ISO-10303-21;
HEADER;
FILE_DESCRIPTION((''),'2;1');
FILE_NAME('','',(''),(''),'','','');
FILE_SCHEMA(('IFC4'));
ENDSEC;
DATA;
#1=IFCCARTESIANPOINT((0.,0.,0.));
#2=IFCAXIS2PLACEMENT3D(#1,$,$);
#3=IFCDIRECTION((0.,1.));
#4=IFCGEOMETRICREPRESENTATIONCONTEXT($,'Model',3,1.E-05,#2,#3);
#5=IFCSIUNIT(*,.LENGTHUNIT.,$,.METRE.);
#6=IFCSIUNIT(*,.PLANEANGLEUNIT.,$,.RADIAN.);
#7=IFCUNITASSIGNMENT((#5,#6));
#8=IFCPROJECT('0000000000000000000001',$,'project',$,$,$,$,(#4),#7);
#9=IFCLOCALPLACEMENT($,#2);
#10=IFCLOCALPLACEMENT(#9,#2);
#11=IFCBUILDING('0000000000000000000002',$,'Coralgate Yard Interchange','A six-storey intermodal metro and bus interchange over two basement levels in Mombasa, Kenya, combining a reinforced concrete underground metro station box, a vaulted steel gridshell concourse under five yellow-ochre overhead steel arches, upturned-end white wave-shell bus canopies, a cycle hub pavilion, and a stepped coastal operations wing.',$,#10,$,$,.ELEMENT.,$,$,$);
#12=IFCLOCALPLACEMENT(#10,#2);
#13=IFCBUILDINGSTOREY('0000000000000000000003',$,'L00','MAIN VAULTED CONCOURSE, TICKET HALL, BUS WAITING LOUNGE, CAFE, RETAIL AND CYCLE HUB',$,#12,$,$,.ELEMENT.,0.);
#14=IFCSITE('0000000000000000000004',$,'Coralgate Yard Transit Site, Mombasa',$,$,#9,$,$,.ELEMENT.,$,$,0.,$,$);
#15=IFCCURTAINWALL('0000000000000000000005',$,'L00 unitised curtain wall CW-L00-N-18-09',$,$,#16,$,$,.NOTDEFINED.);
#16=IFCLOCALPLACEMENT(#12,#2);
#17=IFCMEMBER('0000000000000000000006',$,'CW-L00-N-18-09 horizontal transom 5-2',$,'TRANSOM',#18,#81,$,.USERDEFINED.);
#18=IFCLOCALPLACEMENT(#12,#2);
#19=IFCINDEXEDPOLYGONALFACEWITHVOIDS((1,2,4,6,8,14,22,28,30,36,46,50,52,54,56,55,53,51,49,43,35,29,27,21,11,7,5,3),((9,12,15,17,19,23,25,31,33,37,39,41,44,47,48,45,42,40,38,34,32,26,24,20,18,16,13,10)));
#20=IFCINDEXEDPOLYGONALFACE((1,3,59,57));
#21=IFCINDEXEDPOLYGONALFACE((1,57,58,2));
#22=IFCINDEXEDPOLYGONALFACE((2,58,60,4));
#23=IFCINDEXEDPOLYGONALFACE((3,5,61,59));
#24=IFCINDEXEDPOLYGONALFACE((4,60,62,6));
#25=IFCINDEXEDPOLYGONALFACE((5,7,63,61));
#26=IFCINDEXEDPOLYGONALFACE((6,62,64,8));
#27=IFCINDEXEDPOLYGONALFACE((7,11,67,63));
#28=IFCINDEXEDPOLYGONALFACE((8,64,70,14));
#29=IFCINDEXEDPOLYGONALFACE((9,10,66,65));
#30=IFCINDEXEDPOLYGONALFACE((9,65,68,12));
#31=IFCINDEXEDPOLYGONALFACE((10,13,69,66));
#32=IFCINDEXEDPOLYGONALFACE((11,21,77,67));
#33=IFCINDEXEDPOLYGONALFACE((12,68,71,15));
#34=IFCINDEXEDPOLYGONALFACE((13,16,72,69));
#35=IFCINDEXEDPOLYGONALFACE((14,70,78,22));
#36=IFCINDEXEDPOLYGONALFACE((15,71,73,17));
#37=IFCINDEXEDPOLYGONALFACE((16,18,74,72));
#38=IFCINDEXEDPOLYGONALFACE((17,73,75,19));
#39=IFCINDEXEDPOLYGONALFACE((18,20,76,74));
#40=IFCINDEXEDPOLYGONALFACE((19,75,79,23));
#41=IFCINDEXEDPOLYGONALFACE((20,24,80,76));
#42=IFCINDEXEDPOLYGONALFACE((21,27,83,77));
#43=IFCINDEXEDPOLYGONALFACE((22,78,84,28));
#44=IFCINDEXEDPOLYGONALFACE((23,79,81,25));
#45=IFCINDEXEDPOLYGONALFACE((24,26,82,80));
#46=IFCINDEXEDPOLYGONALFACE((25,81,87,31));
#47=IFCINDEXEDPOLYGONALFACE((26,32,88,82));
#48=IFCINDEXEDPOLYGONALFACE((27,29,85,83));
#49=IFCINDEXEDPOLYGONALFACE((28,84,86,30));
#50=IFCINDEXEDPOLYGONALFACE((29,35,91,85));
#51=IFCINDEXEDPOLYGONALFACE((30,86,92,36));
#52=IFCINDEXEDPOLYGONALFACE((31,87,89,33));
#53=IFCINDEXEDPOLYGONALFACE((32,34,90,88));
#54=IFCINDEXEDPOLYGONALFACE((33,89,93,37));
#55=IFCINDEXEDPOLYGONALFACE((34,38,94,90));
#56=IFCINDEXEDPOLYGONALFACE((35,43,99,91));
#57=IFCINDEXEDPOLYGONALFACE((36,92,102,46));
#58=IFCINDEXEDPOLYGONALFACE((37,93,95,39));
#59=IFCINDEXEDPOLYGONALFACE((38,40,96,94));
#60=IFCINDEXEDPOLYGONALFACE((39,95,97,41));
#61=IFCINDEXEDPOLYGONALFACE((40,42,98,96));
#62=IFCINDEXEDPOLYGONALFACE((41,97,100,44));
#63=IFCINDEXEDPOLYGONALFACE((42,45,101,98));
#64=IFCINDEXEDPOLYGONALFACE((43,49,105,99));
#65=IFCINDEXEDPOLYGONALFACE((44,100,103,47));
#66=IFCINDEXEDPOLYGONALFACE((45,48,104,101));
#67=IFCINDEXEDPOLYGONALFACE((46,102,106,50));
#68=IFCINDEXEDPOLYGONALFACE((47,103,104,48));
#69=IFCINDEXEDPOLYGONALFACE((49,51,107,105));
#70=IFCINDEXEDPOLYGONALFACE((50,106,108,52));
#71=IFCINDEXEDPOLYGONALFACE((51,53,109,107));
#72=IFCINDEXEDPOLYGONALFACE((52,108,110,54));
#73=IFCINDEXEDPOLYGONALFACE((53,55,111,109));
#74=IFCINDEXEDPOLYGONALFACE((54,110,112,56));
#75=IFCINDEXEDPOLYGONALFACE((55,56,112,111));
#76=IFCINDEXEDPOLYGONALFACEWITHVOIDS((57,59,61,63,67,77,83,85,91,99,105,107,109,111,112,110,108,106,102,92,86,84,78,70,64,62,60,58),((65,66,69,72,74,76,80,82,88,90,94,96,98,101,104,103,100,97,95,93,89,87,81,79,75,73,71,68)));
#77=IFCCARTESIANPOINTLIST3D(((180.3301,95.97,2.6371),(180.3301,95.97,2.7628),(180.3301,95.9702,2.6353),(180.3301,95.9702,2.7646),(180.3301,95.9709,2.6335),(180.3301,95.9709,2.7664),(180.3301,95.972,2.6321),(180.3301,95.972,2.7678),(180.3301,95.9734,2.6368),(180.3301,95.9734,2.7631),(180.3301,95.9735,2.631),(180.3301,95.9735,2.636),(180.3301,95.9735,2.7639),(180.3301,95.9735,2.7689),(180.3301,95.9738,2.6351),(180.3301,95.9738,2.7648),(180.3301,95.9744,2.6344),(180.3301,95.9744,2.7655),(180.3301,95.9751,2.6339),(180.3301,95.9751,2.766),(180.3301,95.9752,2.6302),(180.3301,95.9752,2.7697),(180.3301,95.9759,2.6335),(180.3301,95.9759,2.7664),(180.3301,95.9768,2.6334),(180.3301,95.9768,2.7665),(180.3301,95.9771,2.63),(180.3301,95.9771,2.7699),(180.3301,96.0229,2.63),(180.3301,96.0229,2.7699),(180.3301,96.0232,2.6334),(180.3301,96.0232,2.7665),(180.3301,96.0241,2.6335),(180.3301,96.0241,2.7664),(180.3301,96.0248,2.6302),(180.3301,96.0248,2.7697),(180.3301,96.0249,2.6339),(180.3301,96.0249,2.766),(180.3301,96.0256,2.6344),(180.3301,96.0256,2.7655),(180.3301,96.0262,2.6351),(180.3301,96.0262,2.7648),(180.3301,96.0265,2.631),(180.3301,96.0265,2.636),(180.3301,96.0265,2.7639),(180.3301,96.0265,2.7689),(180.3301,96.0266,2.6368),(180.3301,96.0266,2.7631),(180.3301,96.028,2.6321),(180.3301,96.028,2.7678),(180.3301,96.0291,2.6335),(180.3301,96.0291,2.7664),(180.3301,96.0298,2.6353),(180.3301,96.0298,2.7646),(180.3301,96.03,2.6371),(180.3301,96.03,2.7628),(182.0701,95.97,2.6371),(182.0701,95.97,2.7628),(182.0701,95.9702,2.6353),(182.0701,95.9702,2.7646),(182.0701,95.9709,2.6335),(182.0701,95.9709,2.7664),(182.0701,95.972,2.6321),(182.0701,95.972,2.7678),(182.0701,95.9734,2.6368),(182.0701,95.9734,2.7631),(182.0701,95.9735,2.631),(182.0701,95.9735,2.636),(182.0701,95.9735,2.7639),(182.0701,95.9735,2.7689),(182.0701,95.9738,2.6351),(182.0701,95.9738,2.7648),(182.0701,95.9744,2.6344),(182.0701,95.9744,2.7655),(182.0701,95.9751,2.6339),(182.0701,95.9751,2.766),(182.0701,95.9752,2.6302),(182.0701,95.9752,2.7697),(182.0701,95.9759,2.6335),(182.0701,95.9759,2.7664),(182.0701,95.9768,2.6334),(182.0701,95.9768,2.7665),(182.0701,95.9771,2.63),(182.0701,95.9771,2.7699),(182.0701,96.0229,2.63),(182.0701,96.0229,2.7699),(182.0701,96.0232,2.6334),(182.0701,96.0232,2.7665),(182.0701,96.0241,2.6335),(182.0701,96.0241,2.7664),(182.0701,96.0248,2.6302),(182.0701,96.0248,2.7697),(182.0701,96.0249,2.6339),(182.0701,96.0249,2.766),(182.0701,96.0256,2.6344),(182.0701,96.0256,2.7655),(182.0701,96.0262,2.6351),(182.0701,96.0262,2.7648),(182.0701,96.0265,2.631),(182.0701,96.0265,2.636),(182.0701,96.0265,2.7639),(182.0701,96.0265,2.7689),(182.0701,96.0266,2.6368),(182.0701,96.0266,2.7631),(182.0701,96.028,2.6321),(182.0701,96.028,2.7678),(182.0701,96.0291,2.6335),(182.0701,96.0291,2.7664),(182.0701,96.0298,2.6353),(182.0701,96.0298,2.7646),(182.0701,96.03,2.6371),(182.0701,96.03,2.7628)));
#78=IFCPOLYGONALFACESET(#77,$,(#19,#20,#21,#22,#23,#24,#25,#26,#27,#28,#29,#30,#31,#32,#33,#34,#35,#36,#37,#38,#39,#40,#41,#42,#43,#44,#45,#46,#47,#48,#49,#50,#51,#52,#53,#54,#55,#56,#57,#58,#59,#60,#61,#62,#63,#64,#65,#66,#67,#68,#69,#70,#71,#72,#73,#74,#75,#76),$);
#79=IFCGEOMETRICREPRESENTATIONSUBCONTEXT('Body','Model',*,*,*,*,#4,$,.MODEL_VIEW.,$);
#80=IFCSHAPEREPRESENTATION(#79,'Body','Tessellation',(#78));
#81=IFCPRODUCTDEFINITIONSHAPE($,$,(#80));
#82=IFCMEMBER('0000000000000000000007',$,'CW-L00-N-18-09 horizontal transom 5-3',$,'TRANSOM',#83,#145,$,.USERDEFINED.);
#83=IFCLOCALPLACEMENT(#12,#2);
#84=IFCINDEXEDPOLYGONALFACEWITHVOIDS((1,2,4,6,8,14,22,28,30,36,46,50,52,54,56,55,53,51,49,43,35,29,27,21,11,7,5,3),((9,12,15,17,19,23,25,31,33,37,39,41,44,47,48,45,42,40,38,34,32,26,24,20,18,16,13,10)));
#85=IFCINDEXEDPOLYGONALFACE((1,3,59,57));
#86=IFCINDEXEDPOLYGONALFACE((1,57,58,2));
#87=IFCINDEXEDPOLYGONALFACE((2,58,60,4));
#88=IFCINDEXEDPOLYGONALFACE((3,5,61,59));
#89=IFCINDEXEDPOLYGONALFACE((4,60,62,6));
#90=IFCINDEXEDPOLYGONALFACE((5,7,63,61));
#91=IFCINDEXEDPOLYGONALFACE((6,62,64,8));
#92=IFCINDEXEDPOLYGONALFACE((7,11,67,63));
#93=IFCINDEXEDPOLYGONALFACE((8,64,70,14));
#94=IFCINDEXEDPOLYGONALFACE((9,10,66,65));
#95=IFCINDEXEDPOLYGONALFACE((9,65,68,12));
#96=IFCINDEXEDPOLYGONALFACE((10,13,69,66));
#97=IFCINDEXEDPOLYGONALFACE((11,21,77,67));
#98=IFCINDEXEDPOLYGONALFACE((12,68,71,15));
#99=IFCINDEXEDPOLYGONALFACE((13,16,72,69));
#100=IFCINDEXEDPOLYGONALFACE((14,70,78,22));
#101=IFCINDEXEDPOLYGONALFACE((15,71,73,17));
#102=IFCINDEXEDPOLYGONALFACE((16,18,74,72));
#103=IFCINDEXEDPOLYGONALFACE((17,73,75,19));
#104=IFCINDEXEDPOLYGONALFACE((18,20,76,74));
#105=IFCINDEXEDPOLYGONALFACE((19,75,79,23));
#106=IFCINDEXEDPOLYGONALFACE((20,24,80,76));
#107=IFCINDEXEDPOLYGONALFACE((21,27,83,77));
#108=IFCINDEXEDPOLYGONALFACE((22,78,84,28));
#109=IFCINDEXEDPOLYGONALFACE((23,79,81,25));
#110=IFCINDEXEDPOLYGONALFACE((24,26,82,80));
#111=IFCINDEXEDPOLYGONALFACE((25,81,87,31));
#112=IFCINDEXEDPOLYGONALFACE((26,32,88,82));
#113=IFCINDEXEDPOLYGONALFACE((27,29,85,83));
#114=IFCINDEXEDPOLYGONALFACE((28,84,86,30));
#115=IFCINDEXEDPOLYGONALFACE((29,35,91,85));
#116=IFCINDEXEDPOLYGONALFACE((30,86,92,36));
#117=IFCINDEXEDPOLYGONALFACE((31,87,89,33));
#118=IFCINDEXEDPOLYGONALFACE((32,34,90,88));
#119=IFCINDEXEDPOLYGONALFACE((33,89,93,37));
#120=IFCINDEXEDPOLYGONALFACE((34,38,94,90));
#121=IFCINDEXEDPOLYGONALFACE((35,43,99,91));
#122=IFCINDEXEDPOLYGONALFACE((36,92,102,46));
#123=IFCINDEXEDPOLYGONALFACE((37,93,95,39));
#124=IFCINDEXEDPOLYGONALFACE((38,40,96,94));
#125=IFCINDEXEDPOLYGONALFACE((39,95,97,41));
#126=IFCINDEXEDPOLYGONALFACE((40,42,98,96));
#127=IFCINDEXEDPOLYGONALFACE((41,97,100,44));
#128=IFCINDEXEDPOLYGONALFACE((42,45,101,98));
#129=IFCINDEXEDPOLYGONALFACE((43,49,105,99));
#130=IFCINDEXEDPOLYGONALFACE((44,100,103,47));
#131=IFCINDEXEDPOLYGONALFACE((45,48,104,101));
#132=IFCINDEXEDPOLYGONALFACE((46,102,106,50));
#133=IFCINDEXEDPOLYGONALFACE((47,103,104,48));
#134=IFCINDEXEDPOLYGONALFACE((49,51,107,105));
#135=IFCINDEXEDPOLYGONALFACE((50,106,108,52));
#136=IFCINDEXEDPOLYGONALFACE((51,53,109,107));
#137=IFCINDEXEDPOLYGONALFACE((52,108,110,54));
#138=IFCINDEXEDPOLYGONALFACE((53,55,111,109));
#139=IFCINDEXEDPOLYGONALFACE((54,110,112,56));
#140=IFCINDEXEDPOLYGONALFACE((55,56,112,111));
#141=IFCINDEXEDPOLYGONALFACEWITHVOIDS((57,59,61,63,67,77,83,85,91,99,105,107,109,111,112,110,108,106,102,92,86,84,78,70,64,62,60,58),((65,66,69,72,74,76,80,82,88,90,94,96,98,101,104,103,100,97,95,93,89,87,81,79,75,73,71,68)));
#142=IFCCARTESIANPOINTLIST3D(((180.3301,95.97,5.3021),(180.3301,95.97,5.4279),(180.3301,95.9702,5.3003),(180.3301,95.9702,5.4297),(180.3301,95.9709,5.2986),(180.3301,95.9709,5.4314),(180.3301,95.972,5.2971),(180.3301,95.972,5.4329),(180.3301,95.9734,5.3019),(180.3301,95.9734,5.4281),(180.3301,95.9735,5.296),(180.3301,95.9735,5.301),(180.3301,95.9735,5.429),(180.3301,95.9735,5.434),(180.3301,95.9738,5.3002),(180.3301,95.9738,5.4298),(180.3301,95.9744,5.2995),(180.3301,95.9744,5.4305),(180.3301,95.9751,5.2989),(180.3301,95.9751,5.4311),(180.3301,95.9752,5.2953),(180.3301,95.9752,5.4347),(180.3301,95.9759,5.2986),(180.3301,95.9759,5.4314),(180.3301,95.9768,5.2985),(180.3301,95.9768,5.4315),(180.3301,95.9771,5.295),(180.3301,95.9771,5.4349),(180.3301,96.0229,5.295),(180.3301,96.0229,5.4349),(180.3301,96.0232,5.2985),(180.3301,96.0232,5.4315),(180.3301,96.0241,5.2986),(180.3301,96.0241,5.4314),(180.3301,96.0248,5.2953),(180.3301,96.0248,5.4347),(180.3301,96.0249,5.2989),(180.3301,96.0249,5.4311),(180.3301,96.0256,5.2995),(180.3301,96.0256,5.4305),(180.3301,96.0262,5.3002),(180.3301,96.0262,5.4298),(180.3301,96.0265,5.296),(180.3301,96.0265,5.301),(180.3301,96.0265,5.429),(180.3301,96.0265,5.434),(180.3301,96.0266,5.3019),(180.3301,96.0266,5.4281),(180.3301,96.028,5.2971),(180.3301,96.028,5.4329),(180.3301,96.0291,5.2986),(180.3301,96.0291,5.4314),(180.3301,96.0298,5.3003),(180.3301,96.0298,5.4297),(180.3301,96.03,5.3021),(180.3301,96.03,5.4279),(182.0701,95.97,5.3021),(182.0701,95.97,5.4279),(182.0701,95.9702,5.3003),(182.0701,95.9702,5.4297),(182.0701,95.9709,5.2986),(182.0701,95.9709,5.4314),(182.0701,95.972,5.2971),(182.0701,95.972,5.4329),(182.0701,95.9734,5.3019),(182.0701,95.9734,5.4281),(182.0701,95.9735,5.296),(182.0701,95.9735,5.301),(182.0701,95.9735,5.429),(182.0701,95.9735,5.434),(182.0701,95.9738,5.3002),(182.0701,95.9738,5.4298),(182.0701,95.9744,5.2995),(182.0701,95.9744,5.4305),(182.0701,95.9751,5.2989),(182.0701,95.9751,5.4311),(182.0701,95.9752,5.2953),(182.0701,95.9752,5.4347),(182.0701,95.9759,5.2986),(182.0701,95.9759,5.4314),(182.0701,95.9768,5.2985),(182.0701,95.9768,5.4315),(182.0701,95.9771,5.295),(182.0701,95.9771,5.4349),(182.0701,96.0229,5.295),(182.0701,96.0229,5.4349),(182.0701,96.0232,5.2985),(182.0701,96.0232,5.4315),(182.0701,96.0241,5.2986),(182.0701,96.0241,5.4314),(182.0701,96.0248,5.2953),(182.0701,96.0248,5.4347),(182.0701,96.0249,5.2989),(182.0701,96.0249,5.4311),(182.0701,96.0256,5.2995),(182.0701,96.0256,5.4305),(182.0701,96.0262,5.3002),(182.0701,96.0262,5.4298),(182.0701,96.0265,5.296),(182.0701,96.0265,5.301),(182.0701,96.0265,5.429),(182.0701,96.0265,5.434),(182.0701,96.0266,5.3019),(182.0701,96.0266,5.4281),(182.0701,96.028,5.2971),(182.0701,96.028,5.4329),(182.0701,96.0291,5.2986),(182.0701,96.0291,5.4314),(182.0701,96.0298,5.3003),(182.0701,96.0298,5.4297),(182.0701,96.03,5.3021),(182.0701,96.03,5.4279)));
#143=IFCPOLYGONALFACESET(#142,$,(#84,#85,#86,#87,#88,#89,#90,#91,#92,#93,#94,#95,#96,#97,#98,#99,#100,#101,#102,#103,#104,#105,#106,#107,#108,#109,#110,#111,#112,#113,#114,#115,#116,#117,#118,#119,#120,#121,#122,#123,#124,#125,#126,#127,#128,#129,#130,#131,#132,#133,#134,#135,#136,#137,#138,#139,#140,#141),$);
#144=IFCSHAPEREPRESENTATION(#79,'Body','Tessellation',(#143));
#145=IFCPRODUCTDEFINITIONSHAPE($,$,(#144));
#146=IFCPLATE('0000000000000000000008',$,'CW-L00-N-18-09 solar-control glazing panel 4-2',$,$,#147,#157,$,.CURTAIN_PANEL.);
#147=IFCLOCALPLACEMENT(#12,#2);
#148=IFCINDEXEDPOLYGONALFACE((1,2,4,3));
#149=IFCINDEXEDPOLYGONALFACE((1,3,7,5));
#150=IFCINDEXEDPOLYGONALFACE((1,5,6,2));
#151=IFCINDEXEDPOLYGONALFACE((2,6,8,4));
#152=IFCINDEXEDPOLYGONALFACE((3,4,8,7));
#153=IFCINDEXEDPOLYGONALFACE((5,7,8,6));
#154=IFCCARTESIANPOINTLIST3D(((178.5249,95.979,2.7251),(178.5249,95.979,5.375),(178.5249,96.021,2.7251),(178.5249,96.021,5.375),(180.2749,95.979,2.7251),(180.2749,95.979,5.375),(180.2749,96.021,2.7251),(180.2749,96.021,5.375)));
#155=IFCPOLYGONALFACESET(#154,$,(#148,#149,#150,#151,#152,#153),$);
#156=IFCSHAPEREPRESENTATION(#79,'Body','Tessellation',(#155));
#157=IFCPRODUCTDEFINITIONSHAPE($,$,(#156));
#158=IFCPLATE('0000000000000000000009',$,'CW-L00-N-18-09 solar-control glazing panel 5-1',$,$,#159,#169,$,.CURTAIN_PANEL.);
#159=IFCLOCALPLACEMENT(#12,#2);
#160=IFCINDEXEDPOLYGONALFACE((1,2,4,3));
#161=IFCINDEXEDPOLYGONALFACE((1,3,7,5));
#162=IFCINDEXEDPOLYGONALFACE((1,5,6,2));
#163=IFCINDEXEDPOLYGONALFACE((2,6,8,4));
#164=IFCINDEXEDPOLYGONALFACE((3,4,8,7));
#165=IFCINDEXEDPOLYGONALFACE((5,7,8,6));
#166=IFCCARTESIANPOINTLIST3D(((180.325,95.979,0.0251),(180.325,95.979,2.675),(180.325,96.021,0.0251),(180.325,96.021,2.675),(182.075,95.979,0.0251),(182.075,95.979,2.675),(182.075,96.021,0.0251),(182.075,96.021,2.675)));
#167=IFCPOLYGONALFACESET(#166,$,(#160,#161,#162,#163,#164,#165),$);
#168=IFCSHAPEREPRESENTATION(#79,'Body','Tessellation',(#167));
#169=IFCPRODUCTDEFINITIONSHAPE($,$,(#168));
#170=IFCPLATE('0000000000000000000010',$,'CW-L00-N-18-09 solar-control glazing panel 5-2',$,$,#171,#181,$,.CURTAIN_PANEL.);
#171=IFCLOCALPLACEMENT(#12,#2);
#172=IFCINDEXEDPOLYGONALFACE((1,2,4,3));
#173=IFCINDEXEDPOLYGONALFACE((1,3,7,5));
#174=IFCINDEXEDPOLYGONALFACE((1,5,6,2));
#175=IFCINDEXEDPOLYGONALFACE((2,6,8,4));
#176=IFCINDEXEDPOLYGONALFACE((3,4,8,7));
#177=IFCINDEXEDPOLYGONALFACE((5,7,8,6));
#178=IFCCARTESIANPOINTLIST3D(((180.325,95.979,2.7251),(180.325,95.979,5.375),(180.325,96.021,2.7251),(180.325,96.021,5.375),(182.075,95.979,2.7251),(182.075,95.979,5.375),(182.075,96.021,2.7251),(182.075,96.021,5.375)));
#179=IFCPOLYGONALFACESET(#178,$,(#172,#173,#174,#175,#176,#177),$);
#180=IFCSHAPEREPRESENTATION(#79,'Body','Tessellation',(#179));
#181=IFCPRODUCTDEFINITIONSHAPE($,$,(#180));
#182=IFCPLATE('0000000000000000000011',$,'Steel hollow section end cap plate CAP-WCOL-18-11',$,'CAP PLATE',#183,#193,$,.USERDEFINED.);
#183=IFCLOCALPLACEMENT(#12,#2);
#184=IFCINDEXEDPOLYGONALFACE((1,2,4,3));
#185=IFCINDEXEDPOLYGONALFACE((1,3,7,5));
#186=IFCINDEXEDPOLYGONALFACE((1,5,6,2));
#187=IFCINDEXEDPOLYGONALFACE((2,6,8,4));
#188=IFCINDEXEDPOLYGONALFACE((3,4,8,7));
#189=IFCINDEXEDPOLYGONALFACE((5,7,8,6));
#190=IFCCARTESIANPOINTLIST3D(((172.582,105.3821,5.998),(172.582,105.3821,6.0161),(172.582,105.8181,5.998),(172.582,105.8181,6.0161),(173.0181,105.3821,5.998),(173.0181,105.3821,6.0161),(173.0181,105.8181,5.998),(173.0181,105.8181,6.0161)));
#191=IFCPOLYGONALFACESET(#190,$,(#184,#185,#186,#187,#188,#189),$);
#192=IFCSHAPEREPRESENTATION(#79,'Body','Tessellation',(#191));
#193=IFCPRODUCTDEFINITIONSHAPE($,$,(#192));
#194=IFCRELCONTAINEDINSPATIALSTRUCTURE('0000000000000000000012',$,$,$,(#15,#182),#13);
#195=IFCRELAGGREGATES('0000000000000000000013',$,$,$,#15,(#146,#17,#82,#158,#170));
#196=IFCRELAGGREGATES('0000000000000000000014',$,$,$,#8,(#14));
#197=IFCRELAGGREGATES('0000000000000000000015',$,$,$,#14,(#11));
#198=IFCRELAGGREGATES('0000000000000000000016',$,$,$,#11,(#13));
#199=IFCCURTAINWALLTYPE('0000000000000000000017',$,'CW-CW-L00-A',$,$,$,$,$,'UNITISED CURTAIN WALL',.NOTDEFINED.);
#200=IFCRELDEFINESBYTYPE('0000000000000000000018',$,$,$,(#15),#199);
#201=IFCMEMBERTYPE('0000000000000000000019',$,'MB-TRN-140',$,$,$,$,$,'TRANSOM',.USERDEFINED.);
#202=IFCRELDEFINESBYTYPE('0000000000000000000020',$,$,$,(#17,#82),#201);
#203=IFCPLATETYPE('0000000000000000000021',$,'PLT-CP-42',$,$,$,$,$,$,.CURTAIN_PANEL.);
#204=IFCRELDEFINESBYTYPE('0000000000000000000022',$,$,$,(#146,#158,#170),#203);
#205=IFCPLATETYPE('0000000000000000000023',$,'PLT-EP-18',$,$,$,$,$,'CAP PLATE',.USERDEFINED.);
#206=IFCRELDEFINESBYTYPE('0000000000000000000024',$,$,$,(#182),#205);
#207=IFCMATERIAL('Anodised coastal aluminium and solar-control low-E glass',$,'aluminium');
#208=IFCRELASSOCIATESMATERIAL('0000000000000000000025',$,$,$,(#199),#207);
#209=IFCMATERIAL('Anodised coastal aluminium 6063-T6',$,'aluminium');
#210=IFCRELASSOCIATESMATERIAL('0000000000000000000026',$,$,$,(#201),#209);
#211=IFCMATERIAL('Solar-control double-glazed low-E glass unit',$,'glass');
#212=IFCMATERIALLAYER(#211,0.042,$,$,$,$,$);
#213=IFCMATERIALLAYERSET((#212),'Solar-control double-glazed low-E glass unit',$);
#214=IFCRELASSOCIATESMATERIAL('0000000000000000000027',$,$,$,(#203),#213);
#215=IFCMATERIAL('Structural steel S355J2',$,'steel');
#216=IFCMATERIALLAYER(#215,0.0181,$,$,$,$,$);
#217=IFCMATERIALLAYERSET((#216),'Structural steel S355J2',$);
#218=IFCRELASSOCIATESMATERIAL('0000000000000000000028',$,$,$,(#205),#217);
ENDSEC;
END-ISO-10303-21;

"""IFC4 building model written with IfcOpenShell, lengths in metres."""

from ifc_helpers import new_model, si_unit, direction, frame, origin, origin_2d, place, context, subcontext, project, spatial, rectangle, hollow_rectangle, extrude, material, layer, layer_set, material_profile, profile_set, type_object, element, aggregate, save


model = new_model("IFC4")

# Units and contexts
model_context = context("Model", 3, precision=1e-05, world=origin(), true_north=direction((0.0, 1.0)))
body_context = subcontext(model_context, "Body", "Model", "MODEL_VIEW")
ifc_project = project(units=[si_unit("LENGTHUNIT", "METRE"), si_unit("PLANEANGLEUNIT", "RADIAN")], contexts=[model_context])

# Site, building, storey
site_placement = place(None, origin())
site = spatial("IfcSite", under=ifc_project, at=site_placement, Name="Coralgate Yard Transit Site, Mombasa", CompositionType="ELEMENT", RefElevation=0.0)
building_placement = place(site_placement, origin())
building = spatial("IfcBuilding", under=site, at=building_placement, Name="Coralgate Yard Interchange", Description="A six-storey intermodal metro and bus interchange over two basement levels in Mombasa, Kenya, combining a reinforced concrete underground metro station box, a vaulted steel gridshell concourse under five yellow-ochre overhead steel arches, upturned-end white wave-shell bus canopies, a cycle hub pavilion, and a stepped coastal operations wing.", CompositionType="ELEMENT")
storey_placement = place(building_placement, origin())
storey = spatial("IfcBuildingStorey", under=building, at=storey_placement, Name="L00", Description="MAIN VAULTED CONCOURSE, TICKET HALL, BUS WAITING LOUNGE, CAFE, RETAIL AND CYCLE HUB", CompositionType="ELEMENT", Elevation=0.0)

# Shared definitions
ifc_material_1 = material(Name="Structural steel S355J2", Category="steel")

# Curtain wall, members, plates
ifc_material_2 = material(Name="Anodised coastal aluminium and solar-control low-E glass", Category="aluminium")
curtain_wall_type = type_object("IfcCurtainWallType", Name="CW-CW-L00-A", ElementType="UNITISED CURTAIN WALL", PredefinedType="NOTDEFINED", material=ifc_material_2)
curtain_wall_placement = place(storey_placement, origin())
curtain_wall = element("IfcCurtainWall", 1, at=curtain_wall_placement, inside=storey, type_object=curtain_wall_type, Name="L00 unitised curtain wall CW-L00-N-18-09", PredefinedType="NOTDEFINED")
ifc_material_3 = material(Name="Anodised coastal aluminium 6063-T6", Category="aluminium")
ifc_material_profile_1 = material_profile(ifc_material_3, hollow_rectangle(XDim=0.0601, YDim=0.1399, WallThickness=0.0034, InnerFilletRadius=0.0034, OuterFilletRadius=0.0071, at=origin_2d()), Name="ALU 60x140x3.5")
ifc_profile_set_1 = profile_set([ifc_material_profile_1], Name="Anodised coastal aluminium 6063-T6")
member_type_1 = type_object("IfcMemberType", Name="MB-TRN-140", ElementType="TRANSOM", PredefinedType="USERDEFINED", material=ifc_profile_set_1)
member_1_placement = place(storey_placement, frame((180.3301, 96.0, 2.7), z_axis=(1.0, 0.0, 0.0), x_axis=(0.0, 1.0, 0.0)))
member_1 = element("IfcMember", 2, at=member_1_placement, type_object=member_type_1, Name="CW-L00-N-18-09 horizontal transom 5-2", ObjectType="TRANSOM", PredefinedType="USERDEFINED", context=body_context, shape_type="SweptSolid", body=[
    extrude(hollow_rectangle(XDim=0.0601, YDim=0.1399, WallThickness=0.0034, InnerFilletRadius=0.0034, OuterFilletRadius=0.0071, at=origin_2d()), origin(), (0.0, 0.0, 1.0), 1.74),
])
member_2_placement = place(storey_placement, frame((180.3301, 96.0, 5.365), z_axis=(1.0, 0.0, 0.0), x_axis=(0.0, 1.0, 0.0)))
member_2 = element("IfcMember", 3, at=member_2_placement, type_object=member_type_1, Name="CW-L00-N-18-09 horizontal transom 5-3", ObjectType="TRANSOM", PredefinedType="USERDEFINED", context=body_context, shape_type="SweptSolid", body=[
    extrude(hollow_rectangle(XDim=0.0601, YDim=0.1399, WallThickness=0.0034, InnerFilletRadius=0.0034, OuterFilletRadius=0.0071, at=origin_2d()), origin(), (0.0, 0.0, 1.0), 1.74),
])
ifc_material_4 = material(Name="Solar-control double-glazed low-E glass unit", Category="glass")
ifc_layer_1 = layer(ifc_material_4, 0.042)
ifc_layer_set_1 = layer_set([ifc_layer_1], Name="Solar-control double-glazed low-E glass unit")
plate_type_1 = type_object("IfcPlateType", Name="PLT-CP-42", PredefinedType="CURTAIN_PANEL", material=ifc_layer_set_1)
plate_1_placement = place(storey_placement, frame((179.3999, 96.0, 2.7251), z_axis=(0.0, 0.0, 1.0), x_axis=(1.0, 0.0, 0.0)))
plate_1 = element("IfcPlate", 4, at=plate_1_placement, type_object=plate_type_1, Name="CW-L00-N-18-09 solar-control glazing panel 4-2", PredefinedType="CURTAIN_PANEL", context=body_context, shape_type="SweptSolid", body=[
    extrude(rectangle(XDim=1.75, YDim=0.042, at=origin_2d()), origin(), (0.0, 0.0, 1.0), 2.6499),
])
plate_2_placement = place(storey_placement, frame((181.2, 96.0, 0.0251), z_axis=(0.0, 0.0, 1.0), x_axis=(1.0, 0.0, 0.0)))
plate_2 = element("IfcPlate", 5, at=plate_2_placement, type_object=plate_type_1, Name="CW-L00-N-18-09 solar-control glazing panel 5-1", PredefinedType="CURTAIN_PANEL", context=body_context, shape_type="SweptSolid", body=[
    extrude(rectangle(XDim=1.75, YDim=0.042, at=origin_2d()), origin(), (0.0, 0.0, 1.0), 2.6499),
])
plate_3_placement = place(storey_placement, frame((181.2, 96.0, 2.7251), z_axis=(0.0, 0.0, 1.0), x_axis=(1.0, 0.0, 0.0)))
plate_3 = element("IfcPlate", 6, at=plate_3_placement, type_object=plate_type_1, Name="CW-L00-N-18-09 solar-control glazing panel 5-2", PredefinedType="CURTAIN_PANEL", context=body_context, shape_type="SweptSolid", body=[
    extrude(rectangle(XDim=1.75, YDim=0.042, at=origin_2d()), origin(), (0.0, 0.0, 1.0), 2.6499),
])
aggregate(curtain_wall, [plate_1, member_1, member_2, plate_2, plate_3])

# Plate
ifc_layer_2 = layer(ifc_material_1, 0.0181)
ifc_layer_set_2 = layer_set([ifc_layer_2], Name="Structural steel S355J2")
plate_type_2 = type_object("IfcPlateType", Name="PLT-EP-18", ElementType="CAP PLATE", PredefinedType="USERDEFINED", material=ifc_layer_set_2)
plate_4_placement = place(storey_placement, frame((172.8, 105.6001, 5.998), z_axis=(0.0, 0.0, 1.0), x_axis=(1.0, 0.0, 0.0)))
element("IfcPlate", 7, at=plate_4_placement, inside=storey, type_object=plate_type_2, Name="Steel hollow section end cap plate CAP-WCOL-18-11", ObjectType="CAP PLATE", PredefinedType="USERDEFINED", context=body_context, shape_type="SweptSolid", body=[
    extrude(rectangle(XDim=0.436, YDim=0.436, at=origin_2d()), origin(), (0.0, 0.0, 1.0), 0.0181),
])

save(model, "model.ifc")
